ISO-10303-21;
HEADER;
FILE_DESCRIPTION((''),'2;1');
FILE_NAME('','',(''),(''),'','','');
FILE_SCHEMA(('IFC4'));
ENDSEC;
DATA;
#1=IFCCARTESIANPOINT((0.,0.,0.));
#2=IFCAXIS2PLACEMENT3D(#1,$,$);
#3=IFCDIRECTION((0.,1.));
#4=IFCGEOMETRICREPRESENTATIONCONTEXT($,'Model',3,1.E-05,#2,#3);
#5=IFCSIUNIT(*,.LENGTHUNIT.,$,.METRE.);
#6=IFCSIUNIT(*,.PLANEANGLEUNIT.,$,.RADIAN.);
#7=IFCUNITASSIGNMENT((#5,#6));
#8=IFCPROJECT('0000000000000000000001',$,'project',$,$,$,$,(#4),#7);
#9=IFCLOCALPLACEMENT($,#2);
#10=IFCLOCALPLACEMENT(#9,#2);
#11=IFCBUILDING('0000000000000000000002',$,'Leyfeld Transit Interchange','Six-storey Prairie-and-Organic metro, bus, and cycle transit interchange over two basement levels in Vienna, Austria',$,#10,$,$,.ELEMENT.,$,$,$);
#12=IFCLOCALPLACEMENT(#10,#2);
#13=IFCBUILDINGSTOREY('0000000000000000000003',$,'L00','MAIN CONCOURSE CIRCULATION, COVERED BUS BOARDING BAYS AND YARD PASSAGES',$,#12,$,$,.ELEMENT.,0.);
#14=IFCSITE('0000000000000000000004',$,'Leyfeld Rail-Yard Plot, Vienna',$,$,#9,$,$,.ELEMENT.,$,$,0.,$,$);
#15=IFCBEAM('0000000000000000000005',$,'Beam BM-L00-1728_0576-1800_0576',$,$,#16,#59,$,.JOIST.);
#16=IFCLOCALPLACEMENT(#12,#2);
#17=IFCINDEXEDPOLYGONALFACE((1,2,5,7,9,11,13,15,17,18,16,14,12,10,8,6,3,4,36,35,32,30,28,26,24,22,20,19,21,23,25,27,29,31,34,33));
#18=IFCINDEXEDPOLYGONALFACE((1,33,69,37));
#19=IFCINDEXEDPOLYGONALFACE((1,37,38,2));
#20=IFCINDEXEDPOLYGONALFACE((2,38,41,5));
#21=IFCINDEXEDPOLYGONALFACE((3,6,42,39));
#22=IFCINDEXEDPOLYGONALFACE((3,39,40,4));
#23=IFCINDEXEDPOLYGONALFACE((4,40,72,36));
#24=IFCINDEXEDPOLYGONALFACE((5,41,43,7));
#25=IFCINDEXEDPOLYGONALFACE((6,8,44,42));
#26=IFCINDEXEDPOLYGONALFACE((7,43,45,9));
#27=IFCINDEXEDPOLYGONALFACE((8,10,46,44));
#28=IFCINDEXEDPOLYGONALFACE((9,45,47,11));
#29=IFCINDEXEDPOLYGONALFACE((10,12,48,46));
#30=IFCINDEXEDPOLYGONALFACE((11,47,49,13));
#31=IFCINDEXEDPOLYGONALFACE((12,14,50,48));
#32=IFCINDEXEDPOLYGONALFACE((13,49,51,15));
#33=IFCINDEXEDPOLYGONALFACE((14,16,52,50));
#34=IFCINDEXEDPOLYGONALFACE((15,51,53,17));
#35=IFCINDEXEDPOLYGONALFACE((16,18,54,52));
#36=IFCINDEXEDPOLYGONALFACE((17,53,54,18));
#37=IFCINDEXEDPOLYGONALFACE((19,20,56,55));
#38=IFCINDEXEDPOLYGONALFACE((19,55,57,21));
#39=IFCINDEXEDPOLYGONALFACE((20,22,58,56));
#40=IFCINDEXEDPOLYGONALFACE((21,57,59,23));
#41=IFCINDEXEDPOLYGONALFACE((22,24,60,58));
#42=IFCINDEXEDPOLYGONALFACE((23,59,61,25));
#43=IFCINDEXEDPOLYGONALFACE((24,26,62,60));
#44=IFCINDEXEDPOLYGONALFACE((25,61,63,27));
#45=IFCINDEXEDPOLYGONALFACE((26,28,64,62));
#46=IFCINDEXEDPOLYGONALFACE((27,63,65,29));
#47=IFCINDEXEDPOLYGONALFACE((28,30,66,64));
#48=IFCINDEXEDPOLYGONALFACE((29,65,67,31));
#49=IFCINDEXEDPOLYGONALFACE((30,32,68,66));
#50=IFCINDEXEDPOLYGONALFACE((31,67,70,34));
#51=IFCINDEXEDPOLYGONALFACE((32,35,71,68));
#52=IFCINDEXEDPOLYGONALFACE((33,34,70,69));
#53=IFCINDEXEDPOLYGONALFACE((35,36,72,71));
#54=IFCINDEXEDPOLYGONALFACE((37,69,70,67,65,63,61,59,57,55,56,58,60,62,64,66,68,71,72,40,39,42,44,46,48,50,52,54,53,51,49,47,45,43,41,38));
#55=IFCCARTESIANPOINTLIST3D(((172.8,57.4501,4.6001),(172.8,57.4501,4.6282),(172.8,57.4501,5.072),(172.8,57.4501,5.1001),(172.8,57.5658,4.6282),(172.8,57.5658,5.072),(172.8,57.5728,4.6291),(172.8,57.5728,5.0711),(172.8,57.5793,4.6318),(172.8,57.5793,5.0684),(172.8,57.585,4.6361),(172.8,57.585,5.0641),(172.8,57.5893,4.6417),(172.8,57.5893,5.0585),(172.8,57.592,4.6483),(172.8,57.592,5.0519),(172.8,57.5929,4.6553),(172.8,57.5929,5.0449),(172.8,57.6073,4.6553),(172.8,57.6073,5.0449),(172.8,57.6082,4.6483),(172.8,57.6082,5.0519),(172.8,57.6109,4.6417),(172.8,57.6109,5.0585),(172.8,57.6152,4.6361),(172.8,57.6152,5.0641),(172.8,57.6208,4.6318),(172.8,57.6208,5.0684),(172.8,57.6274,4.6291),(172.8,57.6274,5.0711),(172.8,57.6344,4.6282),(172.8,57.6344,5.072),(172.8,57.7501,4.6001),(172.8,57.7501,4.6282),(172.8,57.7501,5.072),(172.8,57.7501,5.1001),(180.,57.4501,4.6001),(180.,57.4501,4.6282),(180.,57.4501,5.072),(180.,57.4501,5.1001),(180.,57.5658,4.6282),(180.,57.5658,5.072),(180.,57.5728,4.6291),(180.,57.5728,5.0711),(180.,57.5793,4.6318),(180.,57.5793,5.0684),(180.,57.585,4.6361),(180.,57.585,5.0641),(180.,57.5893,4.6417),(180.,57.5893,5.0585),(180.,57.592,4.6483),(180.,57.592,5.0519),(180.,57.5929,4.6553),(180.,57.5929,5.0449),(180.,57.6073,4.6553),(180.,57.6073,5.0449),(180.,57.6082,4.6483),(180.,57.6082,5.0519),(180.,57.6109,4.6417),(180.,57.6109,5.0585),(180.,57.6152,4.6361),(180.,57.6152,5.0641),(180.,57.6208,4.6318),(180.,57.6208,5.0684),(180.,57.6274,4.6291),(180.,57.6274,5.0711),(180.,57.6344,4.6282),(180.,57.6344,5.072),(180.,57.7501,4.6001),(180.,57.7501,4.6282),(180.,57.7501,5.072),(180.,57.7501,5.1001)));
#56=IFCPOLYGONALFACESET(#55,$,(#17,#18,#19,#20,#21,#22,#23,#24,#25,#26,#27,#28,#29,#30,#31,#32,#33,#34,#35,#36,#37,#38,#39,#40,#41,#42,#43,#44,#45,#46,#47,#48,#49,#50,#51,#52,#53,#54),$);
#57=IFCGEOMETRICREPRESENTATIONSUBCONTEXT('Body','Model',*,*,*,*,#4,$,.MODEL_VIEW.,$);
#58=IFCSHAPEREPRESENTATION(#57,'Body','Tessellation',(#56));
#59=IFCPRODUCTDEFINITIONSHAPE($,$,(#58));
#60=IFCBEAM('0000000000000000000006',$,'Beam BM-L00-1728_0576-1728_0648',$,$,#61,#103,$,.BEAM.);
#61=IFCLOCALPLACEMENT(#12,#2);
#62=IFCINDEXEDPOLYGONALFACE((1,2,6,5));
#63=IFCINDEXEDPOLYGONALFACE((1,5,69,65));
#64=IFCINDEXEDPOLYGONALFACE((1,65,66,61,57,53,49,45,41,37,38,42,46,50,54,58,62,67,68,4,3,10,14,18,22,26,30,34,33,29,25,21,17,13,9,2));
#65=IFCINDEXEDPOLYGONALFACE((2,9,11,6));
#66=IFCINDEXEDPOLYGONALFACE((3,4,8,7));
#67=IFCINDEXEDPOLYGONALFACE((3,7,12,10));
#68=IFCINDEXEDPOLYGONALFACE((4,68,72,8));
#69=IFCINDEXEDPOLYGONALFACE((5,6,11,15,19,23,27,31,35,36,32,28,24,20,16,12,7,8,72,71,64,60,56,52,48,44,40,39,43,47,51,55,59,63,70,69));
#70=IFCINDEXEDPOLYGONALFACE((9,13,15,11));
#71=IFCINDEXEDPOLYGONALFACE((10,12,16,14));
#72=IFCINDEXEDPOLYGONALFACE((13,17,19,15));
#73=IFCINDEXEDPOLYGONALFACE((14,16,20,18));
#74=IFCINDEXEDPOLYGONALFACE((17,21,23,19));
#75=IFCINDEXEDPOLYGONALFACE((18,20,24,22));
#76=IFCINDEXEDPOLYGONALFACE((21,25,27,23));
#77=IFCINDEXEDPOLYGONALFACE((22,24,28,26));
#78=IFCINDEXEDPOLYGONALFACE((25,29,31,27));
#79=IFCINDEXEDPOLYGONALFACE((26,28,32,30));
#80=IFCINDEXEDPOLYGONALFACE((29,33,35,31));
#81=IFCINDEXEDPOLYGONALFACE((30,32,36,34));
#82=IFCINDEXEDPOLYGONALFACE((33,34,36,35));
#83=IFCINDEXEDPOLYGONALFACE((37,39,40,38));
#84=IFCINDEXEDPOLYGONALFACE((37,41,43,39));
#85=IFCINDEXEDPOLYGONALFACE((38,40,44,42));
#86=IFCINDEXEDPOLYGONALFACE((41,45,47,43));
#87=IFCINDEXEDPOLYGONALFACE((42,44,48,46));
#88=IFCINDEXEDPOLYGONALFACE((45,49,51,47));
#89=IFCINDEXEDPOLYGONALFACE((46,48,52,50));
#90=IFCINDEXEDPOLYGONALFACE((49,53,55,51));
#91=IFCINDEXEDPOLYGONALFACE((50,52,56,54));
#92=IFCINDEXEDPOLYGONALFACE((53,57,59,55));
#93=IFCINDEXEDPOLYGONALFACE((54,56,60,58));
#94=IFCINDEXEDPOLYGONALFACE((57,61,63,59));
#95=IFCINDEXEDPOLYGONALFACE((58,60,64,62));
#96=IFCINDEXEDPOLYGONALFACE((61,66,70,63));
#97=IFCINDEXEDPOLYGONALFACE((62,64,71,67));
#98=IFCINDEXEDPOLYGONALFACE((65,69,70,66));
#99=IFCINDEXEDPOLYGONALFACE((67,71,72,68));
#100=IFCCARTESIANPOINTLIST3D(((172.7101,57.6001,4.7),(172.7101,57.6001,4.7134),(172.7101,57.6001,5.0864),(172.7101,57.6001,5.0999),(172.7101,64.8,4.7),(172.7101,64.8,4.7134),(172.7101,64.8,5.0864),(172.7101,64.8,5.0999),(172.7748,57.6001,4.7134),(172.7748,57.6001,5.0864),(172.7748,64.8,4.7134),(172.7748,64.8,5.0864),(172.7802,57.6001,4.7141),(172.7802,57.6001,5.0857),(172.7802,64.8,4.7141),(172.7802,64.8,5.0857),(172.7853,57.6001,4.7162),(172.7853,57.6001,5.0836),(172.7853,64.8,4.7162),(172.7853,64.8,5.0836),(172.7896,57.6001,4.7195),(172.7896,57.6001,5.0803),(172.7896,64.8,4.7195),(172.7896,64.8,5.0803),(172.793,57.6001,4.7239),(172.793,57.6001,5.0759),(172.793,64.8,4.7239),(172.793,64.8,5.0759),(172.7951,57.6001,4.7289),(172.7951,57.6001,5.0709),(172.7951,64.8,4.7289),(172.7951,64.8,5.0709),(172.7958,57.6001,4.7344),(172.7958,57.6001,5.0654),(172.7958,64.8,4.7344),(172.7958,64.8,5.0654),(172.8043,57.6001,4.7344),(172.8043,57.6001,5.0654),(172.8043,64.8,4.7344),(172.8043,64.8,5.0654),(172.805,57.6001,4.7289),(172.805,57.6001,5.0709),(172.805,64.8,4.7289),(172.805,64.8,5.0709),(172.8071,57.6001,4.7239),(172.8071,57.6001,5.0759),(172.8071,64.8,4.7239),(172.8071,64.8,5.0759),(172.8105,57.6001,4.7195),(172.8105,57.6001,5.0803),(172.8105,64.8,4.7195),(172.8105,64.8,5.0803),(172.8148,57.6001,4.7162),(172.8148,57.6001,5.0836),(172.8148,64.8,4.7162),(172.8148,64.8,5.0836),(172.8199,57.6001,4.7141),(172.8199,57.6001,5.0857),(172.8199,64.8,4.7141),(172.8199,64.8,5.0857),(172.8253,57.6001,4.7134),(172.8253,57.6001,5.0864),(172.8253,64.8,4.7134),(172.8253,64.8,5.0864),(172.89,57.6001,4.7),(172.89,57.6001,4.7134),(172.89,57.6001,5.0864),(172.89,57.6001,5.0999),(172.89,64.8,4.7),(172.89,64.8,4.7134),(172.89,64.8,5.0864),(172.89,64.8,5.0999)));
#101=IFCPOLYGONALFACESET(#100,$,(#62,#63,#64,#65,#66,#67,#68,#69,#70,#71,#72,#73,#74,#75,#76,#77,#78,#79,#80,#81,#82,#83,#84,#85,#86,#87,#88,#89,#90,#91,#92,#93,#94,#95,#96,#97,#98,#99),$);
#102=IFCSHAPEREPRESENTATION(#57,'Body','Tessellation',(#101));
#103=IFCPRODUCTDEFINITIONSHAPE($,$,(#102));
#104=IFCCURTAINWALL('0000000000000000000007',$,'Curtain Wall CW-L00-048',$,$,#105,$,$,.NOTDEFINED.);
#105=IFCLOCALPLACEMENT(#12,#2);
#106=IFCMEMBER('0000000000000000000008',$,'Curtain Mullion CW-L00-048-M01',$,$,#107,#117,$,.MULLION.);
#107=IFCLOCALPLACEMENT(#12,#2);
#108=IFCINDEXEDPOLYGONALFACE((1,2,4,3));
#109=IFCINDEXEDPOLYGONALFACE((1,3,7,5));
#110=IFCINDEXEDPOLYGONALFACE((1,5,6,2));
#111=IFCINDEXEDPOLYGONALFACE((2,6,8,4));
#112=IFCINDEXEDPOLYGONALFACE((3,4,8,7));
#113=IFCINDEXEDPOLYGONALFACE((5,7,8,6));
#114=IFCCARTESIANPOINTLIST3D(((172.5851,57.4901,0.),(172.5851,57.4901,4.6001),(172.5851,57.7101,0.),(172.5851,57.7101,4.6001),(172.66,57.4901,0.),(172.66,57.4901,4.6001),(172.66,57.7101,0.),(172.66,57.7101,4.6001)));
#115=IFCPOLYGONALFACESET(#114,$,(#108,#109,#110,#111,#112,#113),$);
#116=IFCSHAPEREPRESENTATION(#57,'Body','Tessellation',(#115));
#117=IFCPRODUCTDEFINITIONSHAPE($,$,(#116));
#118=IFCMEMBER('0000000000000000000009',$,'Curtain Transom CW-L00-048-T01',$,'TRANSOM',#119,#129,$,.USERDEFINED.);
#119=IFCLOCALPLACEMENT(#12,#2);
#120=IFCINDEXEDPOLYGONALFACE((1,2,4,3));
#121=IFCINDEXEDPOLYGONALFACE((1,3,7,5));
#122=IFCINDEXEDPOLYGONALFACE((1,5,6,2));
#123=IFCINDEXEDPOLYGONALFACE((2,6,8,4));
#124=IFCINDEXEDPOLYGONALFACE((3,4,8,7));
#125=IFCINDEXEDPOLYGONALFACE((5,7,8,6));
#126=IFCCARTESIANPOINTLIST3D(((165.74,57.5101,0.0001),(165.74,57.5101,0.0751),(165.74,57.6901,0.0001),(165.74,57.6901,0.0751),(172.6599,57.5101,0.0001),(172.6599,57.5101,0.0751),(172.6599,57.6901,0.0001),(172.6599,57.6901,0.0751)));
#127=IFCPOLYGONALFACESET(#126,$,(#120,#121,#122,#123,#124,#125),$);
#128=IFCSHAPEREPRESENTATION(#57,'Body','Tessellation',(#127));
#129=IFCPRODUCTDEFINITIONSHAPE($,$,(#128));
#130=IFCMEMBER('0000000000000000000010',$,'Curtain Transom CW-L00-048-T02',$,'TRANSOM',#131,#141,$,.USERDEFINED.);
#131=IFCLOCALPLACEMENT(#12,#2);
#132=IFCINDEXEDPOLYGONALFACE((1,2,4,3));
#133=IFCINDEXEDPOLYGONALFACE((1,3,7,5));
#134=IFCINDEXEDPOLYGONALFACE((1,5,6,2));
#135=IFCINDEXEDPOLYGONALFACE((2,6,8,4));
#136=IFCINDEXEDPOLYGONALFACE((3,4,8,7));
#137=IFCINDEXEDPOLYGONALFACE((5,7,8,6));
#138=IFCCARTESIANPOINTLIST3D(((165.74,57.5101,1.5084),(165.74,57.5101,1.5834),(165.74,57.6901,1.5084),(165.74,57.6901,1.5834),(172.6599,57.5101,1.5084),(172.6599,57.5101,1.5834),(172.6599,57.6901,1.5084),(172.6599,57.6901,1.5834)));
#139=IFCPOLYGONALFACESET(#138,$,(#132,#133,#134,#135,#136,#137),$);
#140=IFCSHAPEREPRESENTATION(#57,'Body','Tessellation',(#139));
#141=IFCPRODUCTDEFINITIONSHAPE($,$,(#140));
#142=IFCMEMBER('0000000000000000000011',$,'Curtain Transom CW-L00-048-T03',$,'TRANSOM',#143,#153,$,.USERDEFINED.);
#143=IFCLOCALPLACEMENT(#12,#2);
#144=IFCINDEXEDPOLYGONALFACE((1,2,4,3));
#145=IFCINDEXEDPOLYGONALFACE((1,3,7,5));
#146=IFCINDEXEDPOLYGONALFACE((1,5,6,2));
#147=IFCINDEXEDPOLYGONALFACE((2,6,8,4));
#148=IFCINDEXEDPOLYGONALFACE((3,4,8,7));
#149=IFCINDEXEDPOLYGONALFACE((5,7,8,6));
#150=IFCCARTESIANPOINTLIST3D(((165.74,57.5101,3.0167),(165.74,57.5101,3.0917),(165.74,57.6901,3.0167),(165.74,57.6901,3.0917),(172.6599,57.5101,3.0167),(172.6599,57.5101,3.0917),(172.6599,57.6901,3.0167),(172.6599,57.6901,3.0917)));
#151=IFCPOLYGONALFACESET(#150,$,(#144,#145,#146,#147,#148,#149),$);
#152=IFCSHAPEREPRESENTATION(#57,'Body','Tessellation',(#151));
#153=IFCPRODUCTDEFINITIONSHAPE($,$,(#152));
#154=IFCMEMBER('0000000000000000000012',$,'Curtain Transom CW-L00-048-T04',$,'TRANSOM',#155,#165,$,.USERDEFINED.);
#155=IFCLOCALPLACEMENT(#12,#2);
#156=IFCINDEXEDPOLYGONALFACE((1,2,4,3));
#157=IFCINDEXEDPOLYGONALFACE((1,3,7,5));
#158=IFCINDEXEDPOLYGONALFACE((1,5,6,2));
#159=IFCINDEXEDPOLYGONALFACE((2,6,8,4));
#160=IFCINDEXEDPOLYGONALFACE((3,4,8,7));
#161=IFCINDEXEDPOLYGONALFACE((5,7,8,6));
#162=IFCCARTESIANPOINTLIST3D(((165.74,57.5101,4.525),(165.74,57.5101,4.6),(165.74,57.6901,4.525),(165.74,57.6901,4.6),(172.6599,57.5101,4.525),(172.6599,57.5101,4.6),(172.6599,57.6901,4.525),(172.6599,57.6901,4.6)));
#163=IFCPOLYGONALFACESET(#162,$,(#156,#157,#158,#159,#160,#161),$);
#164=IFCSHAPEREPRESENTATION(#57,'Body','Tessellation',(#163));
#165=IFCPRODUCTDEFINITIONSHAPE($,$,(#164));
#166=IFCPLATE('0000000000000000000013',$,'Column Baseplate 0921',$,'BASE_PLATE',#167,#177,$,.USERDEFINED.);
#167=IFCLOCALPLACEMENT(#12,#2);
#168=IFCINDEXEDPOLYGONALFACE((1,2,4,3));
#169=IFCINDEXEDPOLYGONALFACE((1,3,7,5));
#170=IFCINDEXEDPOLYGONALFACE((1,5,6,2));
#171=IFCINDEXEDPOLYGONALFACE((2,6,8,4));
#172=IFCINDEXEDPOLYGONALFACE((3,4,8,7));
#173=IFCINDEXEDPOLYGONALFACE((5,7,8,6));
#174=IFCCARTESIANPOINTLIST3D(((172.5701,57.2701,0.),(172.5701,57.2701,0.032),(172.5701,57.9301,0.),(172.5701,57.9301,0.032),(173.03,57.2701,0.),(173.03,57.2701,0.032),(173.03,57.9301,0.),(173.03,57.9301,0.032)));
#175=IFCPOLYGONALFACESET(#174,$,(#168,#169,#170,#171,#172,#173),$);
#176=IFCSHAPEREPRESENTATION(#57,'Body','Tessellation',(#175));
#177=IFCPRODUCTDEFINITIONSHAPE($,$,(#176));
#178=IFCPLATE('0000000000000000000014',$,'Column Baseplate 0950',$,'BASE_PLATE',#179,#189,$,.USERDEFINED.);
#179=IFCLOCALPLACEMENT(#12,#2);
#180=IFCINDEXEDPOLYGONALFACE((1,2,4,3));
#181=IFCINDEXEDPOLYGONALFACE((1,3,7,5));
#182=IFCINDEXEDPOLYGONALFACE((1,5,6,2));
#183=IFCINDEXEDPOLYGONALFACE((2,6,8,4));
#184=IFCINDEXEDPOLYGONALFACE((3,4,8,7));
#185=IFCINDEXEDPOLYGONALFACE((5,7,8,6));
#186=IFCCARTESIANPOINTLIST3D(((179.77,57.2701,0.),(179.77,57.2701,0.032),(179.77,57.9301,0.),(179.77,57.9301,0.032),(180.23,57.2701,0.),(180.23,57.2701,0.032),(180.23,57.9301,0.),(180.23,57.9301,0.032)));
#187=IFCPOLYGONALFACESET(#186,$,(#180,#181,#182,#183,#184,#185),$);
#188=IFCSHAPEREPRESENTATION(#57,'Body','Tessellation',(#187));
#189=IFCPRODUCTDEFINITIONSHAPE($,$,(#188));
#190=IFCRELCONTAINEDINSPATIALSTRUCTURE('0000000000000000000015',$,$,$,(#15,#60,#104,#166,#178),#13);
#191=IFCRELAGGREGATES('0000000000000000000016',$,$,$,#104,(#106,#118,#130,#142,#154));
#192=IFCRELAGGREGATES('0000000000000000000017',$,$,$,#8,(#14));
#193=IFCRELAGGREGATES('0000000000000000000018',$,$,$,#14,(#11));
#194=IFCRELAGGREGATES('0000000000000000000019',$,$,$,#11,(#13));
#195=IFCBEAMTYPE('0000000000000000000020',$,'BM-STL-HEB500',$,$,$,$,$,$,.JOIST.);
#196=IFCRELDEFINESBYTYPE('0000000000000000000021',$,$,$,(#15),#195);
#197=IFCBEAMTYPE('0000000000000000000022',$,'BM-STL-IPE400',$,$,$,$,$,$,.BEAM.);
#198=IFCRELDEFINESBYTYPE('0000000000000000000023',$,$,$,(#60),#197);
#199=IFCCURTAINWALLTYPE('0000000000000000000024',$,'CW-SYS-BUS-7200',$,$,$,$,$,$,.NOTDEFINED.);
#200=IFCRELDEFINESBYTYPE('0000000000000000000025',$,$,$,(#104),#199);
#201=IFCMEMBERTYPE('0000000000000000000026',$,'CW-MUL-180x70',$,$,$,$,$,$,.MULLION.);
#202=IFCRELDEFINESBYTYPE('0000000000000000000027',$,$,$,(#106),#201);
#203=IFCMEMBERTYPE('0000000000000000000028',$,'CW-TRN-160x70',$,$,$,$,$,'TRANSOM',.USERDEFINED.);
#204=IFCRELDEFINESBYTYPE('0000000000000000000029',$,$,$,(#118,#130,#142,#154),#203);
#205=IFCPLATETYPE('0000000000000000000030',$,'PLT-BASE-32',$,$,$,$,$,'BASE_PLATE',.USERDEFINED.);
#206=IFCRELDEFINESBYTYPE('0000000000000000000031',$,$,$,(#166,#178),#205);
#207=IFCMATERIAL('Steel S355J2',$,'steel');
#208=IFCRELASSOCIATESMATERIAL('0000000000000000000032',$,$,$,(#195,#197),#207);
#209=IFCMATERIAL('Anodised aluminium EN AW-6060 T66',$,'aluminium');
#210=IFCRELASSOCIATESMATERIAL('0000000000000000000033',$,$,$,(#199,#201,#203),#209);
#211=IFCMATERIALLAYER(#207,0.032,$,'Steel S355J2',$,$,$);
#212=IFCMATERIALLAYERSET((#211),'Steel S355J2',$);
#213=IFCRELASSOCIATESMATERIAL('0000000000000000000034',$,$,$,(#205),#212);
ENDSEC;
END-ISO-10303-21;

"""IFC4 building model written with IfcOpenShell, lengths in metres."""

from ifc_helpers import new_model, si_unit, direction, frame, origin, origin_2d, place, context, subcontext, project, spatial, rectangle, i_section, extrude, material, layer, layer_set, material_profile, profile_set, type_object, element, aggregate, save


model = new_model("IFC4")

# Units and contexts
model_context = context("Model", 3, precision=1e-05, world=origin(), true_north=direction((0.0, 1.0)))
body_context = subcontext(model_context, "Body", "Model", "MODEL_VIEW")
ifc_project = project(units=[si_unit("LENGTHUNIT", "METRE"), si_unit("PLANEANGLEUNIT", "RADIAN")], contexts=[model_context])

# Site, building, storey
site_placement = place(None, origin())
site = spatial("IfcSite", under=ifc_project, at=site_placement, Name="Leyfeld Rail-Yard Plot, Vienna", CompositionType="ELEMENT", RefElevation=0.0)
building_placement = place(site_placement, origin())
building = spatial("IfcBuilding", under=site, at=building_placement, Name="Leyfeld Transit Interchange", Description="Six-storey Prairie-and-Organic metro, bus, and cycle transit interchange over two basement levels in Vienna, Austria", CompositionType="ELEMENT")
storey_placement = place(building_placement, origin())
storey = spatial("IfcBuildingStorey", under=building, at=storey_placement, Name="L00", Description="MAIN CONCOURSE CIRCULATION, COVERED BUS BOARDING BAYS AND YARD PASSAGES", CompositionType="ELEMENT", Elevation=0.0)

# Shared definitions
ifc_material_1 = material(Name="Steel S355J2", Category="steel")

# Beams
ifc_material_profile_1 = material_profile(ifc_material_1, i_section(OverallWidth=0.3, OverallDepth=0.5, WebThickness=0.0144, FlangeThickness=0.0281, FilletRadius=0.0271, at=origin_2d()), Name="HEB 500")
ifc_profile_set_1 = profile_set([ifc_material_profile_1], Name="Steel S355J2")
beam_type_1 = type_object("IfcBeamType", Name="BM-STL-HEB500", PredefinedType="JOIST", material=ifc_profile_set_1)
beam_1_placement = place(storey_placement, frame((172.8, 57.6001, 4.8501), z_axis=(1.0, 0.0, 0.0), x_axis=(0.0, 1.0, 0.0)))
element("IfcBeam", 1, at=beam_1_placement, inside=storey, type_object=beam_type_1, Name="Beam BM-L00-1728_0576-1800_0576", PredefinedType="JOIST", context=body_context, shape_type="SweptSolid", body=[
    extrude(i_section(OverallWidth=0.3, OverallDepth=0.5, WebThickness=0.0144, FlangeThickness=0.0281, FilletRadius=0.0271, at=origin_2d()), origin(), (0.0, 0.0, 1.0), 7.2),
])
ifc_material_profile_2 = material_profile(ifc_material_1, i_section(OverallWidth=0.1799, OverallDepth=0.3999, WebThickness=0.0085, FlangeThickness=0.0134, FilletRadius=0.021, at=origin_2d()), Name="IPE 400")
ifc_profile_set_2 = profile_set([ifc_material_profile_2], Name="Steel S355J2")
beam_type_2 = type_object("IfcBeamType", Name="BM-STL-IPE400", PredefinedType="BEAM", material=ifc_profile_set_2)
beam_2_placement = place(storey_placement, frame((172.8, 57.6001, 4.8999), z_axis=(0.0, 1.0, 0.0), x_axis=(-1.0, 0.0, 0.0)))
element("IfcBeam", 2, at=beam_2_placement, inside=storey, type_object=beam_type_2, Name="Beam BM-L00-1728_0576-1728_0648", PredefinedType="BEAM", context=body_context, shape_type="SweptSolid", body=[
    extrude(i_section(OverallWidth=0.1799, OverallDepth=0.3999, WebThickness=0.0085, FlangeThickness=0.0134, FilletRadius=0.021, at=origin_2d()), origin(), (0.0, 0.0, 1.0), 7.2),
])

# Curtain wall, members
ifc_material_2 = material(Name="Anodised aluminium EN AW-6060 T66", Category="aluminium")
curtain_wall_type = type_object("IfcCurtainWallType", Name="CW-SYS-BUS-7200", PredefinedType="NOTDEFINED", material=ifc_material_2)
curtain_wall_placement = place(storey_placement, origin())
curtain_wall = element("IfcCurtainWall", 3, at=curtain_wall_placement, inside=storey, type_object=curtain_wall_type, Name="Curtain Wall CW-L00-048", PredefinedType="NOTDEFINED")
ifc_material_profile_3 = material_profile(ifc_material_2, rectangle(XDim=0.075, YDim=0.22, at=origin_2d()), Name="CW-M 75x220")
ifc_profile_set_3 = profile_set([ifc_material_profile_3], Name="Anodised aluminium EN AW-6060 T66")
member_type_1 = type_object("IfcMemberType", Name="CW-MUL-180x70", PredefinedType="MULLION", material=ifc_profile_set_3)
member_1_placement = place(storey_placement, frame((172.6226, 57.6001, 0.0), z_axis=(0.0, 0.0, 1.0), x_axis=(-1.0, 0.0, 0.0)))
member_1 = element("IfcMember", 4, at=member_1_placement, type_object=member_type_1, Name="Curtain Mullion CW-L00-048-M01", PredefinedType="MULLION", context=body_context, shape_type="SweptSolid", body=[
    extrude(rectangle(XDim=0.075, YDim=0.22, at=origin_2d()), origin(), (0.0, 0.0, 1.0), 4.6001),
])
ifc_material_profile_4 = material_profile(ifc_material_2, rectangle(XDim=0.1799, YDim=0.075, at=origin_2d()), Name="CW-TRN-160x70")
ifc_profile_set_4 = profile_set([ifc_material_profile_4], Name="Anodised aluminium EN AW-6060 T66")
member_type_2 = type_object("IfcMemberType", Name="CW-TRN-160x70", ElementType="TRANSOM", PredefinedType="USERDEFINED", material=ifc_profile_set_4)
member_2_placement = place(storey_placement, frame((172.6599, 57.6001, 0.0376), z_axis=(-1.0, 0.0, 0.0), x_axis=(0.0, -1.0, 0.0)))
member_2 = element("IfcMember", 5, at=member_2_placement, type_object=member_type_2, Name="Curtain Transom CW-L00-048-T01", ObjectType="TRANSOM", PredefinedType="USERDEFINED", context=body_context, shape_type="SweptSolid", body=[
    extrude(rectangle(XDim=0.1799, YDim=0.075, at=origin_2d()), origin(), (0.0, 0.0, 1.0), 6.9199),
])
member_3_placement = place(storey_placement, frame((172.6599, 57.6001, 1.5459), z_axis=(-1.0, 0.0, 0.0), x_axis=(0.0, -1.0, 0.0)))
member_3 = element("IfcMember", 6, at=member_3_placement, type_object=member_type_2, Name="Curtain Transom CW-L00-048-T02", ObjectType="TRANSOM", PredefinedType="USERDEFINED", context=body_context, shape_type="SweptSolid", body=[
    extrude(rectangle(XDim=0.1799, YDim=0.075, at=origin_2d()), origin(), (0.0, 0.0, 1.0), 6.9199),
])
member_4_placement = place(storey_placement, frame((172.6599, 57.6001, 3.0542), z_axis=(-1.0, 0.0, 0.0), x_axis=(0.0, -1.0, 0.0)))
member_4 = element("IfcMember", 7, at=member_4_placement, type_object=member_type_2, Name="Curtain Transom CW-L00-048-T03", ObjectType="TRANSOM", PredefinedType="USERDEFINED", context=body_context, shape_type="SweptSolid", body=[
    extrude(rectangle(XDim=0.1799, YDim=0.075, at=origin_2d()), origin(), (0.0, 0.0, 1.0), 6.9199),
])
member_5_placement = place(storey_placement, frame((172.6599, 57.6001, 4.5625), z_axis=(-1.0, 0.0, 0.0), x_axis=(0.0, -1.0, 0.0)))
member_5 = element("IfcMember", 8, at=member_5_placement, type_object=member_type_2, Name="Curtain Transom CW-L00-048-T04", ObjectType="TRANSOM", PredefinedType="USERDEFINED", context=body_context, shape_type="SweptSolid", body=[
    extrude(rectangle(XDim=0.1799, YDim=0.075, at=origin_2d()), origin(), (0.0, 0.0, 1.0), 6.9199),
])
aggregate(curtain_wall, [member_1, member_2, member_3, member_4, member_5])

# Plates
ifc_layer_1 = layer(ifc_material_1, 0.032, Name="Steel S355J2")
ifc_layer_set_1 = layer_set([ifc_layer_1], Name="Steel S355J2")
plate_type = type_object("IfcPlateType", Name="PLT-BASE-32", ElementType="BASE_PLATE", PredefinedType="USERDEFINED", material=ifc_layer_set_1)
for number, where, z_axis, x_axis, name in (
    (9, (172.8, 57.6001, 0.0), (0.0, 0.0, 1.0), (1.0, 0.0, 0.0), "Column Baseplate 0921"),
    (10, (180.0, 57.6001, 0.0), (0.0, 0.0, 1.0), (1.0, 0.0, 0.0), "Column Baseplate 0950"),
):
    element("IfcPlate", number, at=place(storey_placement, frame(where, z_axis=z_axis, x_axis=x_axis)), inside=storey, type_object=plate_type, Name=name, ObjectType="BASE_PLATE", PredefinedType="USERDEFINED", context=body_context, shape_type="SweptSolid", body=[
        extrude(rectangle(XDim=0.46, YDim=0.6599, at=origin_2d()), origin(), (0.0, 0.0, 1.0), 0.032),
    ])

save(model, "model.ifc")
